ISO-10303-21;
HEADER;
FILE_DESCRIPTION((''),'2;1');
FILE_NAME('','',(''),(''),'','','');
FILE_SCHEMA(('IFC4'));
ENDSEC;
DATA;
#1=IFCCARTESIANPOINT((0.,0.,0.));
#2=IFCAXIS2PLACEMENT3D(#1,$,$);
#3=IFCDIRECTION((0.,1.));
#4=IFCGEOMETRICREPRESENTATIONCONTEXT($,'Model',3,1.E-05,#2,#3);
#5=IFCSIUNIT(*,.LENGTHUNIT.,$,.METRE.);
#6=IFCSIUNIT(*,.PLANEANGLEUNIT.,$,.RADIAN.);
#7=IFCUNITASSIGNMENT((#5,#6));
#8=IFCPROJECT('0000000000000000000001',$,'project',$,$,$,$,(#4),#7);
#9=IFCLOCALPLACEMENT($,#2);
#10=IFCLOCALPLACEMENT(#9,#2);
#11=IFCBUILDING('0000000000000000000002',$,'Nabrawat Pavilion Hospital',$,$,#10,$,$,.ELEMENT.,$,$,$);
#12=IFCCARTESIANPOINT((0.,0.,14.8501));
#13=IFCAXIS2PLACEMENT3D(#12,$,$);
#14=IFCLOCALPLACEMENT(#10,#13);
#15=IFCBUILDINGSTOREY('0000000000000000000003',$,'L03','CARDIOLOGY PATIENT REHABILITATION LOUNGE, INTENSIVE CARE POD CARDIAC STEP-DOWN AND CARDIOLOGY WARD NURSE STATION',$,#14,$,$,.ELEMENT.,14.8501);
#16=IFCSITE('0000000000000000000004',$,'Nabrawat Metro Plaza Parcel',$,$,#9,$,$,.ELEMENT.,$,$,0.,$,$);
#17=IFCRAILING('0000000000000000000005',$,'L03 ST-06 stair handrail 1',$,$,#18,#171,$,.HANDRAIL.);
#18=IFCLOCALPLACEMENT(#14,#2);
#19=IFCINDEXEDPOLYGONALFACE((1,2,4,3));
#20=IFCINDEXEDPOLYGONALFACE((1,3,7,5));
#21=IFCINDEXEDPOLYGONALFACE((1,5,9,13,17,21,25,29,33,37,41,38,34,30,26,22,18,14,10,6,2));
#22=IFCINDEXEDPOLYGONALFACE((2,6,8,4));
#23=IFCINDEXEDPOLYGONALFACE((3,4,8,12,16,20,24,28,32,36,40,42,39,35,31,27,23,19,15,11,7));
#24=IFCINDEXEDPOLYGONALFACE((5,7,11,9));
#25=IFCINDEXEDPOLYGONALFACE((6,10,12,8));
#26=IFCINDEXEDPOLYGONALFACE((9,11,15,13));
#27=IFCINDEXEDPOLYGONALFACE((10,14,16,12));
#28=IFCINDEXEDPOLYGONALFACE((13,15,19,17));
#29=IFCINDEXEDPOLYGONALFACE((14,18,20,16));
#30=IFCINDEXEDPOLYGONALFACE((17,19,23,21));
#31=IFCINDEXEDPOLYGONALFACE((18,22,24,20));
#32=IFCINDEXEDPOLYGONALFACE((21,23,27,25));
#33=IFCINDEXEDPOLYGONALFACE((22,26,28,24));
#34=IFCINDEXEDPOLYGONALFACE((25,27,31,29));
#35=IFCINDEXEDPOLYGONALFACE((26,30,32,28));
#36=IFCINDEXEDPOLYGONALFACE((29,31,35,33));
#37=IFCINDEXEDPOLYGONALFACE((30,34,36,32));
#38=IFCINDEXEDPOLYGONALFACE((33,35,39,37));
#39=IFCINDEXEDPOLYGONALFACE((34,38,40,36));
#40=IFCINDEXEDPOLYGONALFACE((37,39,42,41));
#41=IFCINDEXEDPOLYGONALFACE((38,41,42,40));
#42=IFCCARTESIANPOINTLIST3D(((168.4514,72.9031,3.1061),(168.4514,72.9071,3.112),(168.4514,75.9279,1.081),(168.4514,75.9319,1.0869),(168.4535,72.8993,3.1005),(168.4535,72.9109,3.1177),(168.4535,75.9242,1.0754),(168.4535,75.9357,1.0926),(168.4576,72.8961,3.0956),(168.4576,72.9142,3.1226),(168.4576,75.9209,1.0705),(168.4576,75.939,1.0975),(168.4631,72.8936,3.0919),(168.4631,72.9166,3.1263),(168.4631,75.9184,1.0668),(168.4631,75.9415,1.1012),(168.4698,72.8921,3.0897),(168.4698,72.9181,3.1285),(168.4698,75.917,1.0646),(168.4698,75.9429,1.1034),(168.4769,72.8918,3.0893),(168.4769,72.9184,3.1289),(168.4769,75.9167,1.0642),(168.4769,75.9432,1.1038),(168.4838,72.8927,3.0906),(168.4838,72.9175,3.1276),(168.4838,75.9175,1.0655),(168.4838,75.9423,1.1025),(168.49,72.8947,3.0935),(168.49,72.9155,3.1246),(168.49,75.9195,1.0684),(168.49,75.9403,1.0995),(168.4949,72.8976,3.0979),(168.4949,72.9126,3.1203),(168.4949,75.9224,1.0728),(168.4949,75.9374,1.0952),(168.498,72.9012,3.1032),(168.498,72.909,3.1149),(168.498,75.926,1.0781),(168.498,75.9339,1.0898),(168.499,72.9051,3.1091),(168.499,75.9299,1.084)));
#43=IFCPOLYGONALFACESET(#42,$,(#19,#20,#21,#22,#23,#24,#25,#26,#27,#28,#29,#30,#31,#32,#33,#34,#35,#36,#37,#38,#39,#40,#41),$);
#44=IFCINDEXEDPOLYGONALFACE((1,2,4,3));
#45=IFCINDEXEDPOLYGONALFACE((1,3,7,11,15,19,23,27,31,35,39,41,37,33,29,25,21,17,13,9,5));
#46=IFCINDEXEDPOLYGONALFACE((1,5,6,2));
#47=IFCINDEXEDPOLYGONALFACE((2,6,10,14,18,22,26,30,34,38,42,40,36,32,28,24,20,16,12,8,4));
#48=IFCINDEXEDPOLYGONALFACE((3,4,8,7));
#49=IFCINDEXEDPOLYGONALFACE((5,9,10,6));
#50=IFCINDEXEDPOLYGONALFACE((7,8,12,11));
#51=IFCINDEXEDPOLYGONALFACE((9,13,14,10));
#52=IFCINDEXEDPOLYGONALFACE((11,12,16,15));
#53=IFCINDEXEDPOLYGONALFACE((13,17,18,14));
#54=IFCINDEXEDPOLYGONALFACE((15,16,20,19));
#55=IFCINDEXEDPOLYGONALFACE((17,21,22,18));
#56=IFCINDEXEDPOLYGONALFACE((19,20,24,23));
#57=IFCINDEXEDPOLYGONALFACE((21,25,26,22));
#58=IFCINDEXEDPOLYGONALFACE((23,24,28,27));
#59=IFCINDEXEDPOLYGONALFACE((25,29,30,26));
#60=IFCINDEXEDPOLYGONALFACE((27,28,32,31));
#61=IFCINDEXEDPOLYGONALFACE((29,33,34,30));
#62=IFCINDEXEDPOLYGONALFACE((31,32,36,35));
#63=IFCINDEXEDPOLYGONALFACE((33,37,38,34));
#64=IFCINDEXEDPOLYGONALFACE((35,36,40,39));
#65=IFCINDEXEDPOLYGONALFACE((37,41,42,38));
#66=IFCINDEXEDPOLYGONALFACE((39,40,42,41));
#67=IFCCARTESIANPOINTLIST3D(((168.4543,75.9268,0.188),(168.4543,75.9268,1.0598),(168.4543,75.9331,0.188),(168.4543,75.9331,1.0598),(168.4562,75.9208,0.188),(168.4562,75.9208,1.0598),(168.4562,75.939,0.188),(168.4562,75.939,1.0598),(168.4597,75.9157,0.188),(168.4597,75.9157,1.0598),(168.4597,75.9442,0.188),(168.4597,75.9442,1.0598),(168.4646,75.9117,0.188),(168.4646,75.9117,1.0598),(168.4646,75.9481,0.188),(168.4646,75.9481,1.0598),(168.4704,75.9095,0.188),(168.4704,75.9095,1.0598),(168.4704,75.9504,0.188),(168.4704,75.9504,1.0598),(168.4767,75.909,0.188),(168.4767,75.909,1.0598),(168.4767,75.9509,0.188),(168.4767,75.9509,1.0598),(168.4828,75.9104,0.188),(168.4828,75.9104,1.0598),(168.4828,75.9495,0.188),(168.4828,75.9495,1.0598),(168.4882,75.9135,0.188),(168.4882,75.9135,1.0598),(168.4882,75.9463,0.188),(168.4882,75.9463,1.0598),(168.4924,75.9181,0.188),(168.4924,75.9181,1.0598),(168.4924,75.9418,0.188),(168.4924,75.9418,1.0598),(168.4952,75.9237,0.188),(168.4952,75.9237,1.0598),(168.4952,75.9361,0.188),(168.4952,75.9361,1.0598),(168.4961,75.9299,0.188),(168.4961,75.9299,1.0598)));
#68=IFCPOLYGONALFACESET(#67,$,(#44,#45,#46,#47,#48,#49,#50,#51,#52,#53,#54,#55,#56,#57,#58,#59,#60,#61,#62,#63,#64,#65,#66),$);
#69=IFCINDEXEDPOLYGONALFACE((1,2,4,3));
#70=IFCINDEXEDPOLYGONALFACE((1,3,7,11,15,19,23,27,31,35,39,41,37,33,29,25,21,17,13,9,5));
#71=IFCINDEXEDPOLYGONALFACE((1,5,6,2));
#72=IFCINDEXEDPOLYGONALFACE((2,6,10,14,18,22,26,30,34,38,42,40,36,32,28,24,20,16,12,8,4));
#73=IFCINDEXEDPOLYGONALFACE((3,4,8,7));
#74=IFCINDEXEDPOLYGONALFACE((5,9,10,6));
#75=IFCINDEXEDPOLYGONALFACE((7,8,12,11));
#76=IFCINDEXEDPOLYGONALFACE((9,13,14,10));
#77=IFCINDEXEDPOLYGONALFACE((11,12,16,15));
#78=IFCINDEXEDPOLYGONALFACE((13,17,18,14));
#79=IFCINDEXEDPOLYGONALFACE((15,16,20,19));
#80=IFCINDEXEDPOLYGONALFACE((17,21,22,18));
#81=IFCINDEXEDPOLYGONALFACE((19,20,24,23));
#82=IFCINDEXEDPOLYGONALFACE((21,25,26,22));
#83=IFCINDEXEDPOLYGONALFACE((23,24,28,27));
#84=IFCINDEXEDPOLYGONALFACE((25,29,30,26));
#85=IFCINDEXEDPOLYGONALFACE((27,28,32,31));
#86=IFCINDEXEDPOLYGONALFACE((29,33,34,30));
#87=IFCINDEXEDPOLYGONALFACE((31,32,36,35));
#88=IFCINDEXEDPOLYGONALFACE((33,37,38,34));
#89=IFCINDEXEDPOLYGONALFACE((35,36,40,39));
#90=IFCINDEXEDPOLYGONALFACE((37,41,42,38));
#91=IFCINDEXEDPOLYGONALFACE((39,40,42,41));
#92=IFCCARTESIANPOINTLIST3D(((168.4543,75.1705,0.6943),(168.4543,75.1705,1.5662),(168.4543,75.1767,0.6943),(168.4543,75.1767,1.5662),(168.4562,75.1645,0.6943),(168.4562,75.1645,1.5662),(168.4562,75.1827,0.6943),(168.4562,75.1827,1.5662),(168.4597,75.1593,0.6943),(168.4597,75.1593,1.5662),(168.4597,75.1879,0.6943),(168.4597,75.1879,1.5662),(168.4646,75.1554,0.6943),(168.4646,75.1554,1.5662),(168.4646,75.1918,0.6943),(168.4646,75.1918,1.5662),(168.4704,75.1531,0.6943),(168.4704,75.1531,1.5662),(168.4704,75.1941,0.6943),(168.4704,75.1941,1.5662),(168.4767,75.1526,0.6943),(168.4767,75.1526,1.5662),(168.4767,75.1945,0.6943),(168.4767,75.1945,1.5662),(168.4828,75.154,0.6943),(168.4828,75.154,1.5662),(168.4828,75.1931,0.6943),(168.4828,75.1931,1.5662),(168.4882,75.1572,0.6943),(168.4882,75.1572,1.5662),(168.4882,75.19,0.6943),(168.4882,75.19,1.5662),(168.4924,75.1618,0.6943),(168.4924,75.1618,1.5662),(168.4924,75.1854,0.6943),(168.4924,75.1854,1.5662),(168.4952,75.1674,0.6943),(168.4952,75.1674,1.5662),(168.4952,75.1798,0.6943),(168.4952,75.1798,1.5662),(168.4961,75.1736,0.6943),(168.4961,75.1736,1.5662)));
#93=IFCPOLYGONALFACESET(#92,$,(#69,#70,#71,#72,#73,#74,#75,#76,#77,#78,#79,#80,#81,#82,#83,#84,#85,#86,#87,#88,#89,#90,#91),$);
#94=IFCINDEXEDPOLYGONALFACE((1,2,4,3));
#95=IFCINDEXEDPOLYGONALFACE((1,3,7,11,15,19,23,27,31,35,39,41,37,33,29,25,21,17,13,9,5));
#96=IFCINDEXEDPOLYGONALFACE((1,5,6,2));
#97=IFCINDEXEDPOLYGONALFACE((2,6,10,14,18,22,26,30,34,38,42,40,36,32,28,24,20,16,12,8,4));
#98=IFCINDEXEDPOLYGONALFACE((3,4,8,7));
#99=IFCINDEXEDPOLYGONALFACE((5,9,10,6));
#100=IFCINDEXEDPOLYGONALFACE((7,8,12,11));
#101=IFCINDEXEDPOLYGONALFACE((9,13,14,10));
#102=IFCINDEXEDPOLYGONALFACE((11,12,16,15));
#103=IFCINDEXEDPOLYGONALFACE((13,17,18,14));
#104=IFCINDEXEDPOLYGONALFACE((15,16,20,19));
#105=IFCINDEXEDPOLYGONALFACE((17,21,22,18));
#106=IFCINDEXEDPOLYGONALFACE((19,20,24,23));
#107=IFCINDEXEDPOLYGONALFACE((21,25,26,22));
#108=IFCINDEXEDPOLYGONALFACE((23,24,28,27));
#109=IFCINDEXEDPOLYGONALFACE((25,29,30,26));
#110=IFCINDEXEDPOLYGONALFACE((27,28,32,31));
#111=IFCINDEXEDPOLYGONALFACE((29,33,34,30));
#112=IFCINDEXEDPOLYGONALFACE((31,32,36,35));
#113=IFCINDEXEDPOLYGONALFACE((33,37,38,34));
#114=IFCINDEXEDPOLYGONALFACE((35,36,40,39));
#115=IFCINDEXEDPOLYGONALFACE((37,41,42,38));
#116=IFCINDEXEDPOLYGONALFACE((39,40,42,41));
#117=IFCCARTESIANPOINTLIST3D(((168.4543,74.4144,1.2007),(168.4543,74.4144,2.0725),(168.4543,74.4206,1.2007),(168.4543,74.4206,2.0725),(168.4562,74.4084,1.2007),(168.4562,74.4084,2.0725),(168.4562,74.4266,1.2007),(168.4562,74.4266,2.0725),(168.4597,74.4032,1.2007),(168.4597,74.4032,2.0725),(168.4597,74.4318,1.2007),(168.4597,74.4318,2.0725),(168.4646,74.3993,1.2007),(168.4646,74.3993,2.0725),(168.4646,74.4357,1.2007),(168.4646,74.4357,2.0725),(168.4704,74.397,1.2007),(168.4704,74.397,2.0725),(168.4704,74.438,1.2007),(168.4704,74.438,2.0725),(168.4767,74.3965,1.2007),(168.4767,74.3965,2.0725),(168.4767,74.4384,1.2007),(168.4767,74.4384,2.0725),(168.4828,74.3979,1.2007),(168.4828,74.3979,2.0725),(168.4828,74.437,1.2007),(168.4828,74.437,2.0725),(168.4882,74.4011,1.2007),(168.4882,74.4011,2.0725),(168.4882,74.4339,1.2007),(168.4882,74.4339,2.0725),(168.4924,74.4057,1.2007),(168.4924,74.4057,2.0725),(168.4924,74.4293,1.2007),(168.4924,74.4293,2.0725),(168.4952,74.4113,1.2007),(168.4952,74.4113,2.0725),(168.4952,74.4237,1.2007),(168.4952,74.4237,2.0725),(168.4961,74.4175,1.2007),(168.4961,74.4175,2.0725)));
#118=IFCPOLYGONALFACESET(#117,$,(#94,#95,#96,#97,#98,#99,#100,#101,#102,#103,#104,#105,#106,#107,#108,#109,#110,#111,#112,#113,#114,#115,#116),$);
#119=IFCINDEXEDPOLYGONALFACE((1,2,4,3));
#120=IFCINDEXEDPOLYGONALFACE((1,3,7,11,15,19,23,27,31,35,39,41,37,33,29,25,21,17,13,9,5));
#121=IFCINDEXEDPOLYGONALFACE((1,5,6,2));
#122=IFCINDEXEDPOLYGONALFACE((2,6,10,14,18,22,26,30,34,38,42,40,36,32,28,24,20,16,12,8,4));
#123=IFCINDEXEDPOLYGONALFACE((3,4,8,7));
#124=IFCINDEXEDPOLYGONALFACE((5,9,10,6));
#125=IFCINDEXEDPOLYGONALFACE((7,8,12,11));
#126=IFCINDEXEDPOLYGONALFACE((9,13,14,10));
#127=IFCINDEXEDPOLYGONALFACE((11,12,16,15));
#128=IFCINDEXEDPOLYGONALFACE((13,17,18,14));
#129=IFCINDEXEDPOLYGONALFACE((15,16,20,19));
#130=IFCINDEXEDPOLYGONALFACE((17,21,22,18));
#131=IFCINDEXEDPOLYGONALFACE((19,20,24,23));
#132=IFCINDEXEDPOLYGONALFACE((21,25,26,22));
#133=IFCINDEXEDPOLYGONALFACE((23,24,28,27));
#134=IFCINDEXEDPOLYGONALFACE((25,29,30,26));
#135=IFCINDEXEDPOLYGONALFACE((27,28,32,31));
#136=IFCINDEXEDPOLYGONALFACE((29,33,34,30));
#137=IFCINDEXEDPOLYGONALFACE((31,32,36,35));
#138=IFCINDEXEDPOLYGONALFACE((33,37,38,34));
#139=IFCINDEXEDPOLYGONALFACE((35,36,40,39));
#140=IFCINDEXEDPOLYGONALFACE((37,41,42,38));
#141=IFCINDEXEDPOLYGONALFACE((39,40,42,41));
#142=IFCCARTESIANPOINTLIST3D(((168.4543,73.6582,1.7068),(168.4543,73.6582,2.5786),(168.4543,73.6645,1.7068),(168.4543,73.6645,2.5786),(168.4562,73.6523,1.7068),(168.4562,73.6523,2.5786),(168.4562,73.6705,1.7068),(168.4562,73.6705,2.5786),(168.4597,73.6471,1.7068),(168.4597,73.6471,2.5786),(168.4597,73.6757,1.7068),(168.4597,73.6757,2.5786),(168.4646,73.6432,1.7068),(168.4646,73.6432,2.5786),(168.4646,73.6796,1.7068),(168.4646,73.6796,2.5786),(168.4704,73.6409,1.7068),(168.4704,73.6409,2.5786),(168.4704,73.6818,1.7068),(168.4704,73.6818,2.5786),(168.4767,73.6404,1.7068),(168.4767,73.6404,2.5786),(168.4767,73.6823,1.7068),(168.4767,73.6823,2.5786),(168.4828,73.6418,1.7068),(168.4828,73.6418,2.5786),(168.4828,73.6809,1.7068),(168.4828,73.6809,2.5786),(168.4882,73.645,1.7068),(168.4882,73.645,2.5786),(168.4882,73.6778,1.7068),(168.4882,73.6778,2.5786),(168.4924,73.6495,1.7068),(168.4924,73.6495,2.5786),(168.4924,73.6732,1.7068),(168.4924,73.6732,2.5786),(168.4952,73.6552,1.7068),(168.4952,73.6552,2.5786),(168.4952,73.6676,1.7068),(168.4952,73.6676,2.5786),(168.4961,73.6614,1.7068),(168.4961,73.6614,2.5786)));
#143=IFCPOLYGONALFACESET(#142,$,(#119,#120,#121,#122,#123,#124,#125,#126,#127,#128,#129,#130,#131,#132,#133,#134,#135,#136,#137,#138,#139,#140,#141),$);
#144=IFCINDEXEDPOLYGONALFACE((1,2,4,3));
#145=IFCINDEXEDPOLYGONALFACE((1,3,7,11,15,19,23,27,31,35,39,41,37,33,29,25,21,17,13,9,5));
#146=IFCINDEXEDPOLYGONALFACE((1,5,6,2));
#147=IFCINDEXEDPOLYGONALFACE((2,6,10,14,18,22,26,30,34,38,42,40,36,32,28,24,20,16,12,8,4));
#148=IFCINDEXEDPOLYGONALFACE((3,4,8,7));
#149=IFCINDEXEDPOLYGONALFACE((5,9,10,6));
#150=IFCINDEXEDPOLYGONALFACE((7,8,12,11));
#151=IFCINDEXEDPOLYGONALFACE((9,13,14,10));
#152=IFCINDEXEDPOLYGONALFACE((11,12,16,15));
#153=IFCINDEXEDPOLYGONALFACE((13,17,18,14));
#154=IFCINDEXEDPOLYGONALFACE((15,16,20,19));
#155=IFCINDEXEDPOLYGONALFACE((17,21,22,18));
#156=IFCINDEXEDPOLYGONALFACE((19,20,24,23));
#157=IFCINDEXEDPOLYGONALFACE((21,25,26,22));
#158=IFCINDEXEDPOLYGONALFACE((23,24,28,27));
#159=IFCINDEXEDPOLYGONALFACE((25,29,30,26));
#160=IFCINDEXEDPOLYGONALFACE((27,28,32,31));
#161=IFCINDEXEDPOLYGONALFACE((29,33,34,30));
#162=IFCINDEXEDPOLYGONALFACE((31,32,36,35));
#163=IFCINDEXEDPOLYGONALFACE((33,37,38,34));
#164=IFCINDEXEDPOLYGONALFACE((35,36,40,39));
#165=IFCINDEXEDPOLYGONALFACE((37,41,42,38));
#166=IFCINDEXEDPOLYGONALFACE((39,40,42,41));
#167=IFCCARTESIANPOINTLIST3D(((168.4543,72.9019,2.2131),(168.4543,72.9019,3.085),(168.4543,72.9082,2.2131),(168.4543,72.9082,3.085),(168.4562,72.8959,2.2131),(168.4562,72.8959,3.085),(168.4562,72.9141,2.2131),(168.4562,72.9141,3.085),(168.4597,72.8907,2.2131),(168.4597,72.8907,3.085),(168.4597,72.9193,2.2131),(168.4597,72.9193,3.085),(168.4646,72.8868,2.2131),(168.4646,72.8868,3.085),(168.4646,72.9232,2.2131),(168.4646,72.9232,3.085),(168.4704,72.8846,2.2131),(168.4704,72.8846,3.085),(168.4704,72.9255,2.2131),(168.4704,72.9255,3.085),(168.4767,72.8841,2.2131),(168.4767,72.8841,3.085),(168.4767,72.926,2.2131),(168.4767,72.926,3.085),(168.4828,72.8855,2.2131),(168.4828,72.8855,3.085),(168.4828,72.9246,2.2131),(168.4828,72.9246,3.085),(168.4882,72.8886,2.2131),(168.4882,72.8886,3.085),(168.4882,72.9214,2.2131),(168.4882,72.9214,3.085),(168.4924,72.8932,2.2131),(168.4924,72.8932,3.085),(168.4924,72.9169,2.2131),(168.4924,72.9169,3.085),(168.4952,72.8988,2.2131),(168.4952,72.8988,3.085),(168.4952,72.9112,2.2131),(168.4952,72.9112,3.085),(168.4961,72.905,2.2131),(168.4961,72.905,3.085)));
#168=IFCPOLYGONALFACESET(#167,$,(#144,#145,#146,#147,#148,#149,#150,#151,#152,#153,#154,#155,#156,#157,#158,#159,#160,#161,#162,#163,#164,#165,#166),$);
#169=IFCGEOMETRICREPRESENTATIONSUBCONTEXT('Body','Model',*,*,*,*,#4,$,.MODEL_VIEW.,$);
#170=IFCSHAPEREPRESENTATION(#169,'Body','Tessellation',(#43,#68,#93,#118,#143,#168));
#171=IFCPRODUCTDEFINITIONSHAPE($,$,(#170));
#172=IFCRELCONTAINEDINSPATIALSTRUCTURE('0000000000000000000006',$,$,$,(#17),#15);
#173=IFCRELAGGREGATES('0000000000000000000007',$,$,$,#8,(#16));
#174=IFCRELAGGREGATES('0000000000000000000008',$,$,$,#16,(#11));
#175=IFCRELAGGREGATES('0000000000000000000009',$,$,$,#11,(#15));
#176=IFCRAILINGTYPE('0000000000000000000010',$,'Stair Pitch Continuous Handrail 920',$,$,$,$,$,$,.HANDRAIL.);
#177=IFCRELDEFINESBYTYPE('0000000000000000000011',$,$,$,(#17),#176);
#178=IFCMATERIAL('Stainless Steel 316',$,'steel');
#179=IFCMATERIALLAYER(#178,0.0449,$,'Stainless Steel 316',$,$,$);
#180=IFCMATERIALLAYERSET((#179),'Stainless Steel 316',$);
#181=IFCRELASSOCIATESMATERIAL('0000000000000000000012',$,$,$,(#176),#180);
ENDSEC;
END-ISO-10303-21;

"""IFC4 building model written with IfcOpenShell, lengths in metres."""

from ifc_helpers import new_model, si_unit, direction, frame, origin, origin_2d, place, context, subcontext, project, spatial, circle, extrude, material, layer, layer_set, type_object, element, save


model = new_model("IFC4")

# Units and contexts
model_context = context("Model", 3, precision=1e-05, world=origin(), true_north=direction((0.0, 1.0)))
body_context = subcontext(model_context, "Body", "Model", "MODEL_VIEW")
ifc_project = project(units=[si_unit("LENGTHUNIT", "METRE"), si_unit("PLANEANGLEUNIT", "RADIAN")], contexts=[model_context])

# Site, building, storey
site_placement = place(None, origin())
site = spatial("IfcSite", under=ifc_project, at=site_placement, Name="Nabrawat Metro Plaza Parcel", CompositionType="ELEMENT", RefElevation=0.0)
building_placement = place(site_placement, origin())
building = spatial("IfcBuilding", under=site, at=building_placement, Name="Nabrawat Pavilion Hospital", CompositionType="ELEMENT")
storey_placement = place(building_placement, frame((0.0, 0.0, 14.8501)))
storey = spatial("IfcBuildingStorey", under=building, at=storey_placement, Name="L03", Description="CARDIOLOGY PATIENT REHABILITATION LOUNGE, INTENSIVE CARE POD CARDIAC STEP-DOWN AND CARDIOLOGY WARD NURSE STATION", CompositionType="ELEMENT", Elevation=14.8501)

# Railing
ifc_material_1 = material(Name="Stainless Steel 316", Category="steel")
ifc_layer_1 = layer(ifc_material_1, 0.0449, Name="Stainless Steel 316")
ifc_layer_set_1 = layer_set([ifc_layer_1], Name="Stainless Steel 316")
railing_type_1 = type_object("IfcRailingType", Name="Stair Pitch Continuous Handrail 920", PredefinedType="HANDRAIL", material=ifc_layer_set_1)
railing_1_placement = place(storey_placement, frame((168.4751, 75.9299, 0.188)))
element("IfcRailing", 1, at=railing_1_placement, inside=storey, type_object=railing_type_1, Name="L03 ST-06 stair handrail 1", PredefinedType="HANDRAIL", context=body_context, shape_type="SweptSolid", body=[
    extrude(circle(Radius=0.0239, at=origin_2d()), frame((0.0, 0.0, 0.896), z_axis=(0.0, -0.830965, 0.556324), x_axis=(1.0, 0.0, 0.0)), (0.0, 0.0, 1.0), 3.6401),
    extrude(circle(Radius=0.021, at=origin_2d()), origin(), (0.0, 0.0, 1.0), 0.8718),
    extrude(circle(Radius=0.021, at=origin_2d()), frame((0.0, -0.7563, 0.5063)), (0.0, 0.0, 1.0), 0.8718),
    extrude(circle(Radius=0.021, at=origin_2d()), frame((0.0, -1.5125, 1.0127)), (0.0, 0.0, 1.0), 0.8718),
    extrude(circle(Radius=0.021, at=origin_2d()), frame((0.0, -2.2686, 1.5188)), (0.0, 0.0, 1.0), 0.8718),
    extrude(circle(Radius=0.021, at=origin_2d()), frame((0.0, -3.0249, 2.0251)), (0.0, 0.0, 1.0), 0.8718),
])

save(model, "model.ifc")
